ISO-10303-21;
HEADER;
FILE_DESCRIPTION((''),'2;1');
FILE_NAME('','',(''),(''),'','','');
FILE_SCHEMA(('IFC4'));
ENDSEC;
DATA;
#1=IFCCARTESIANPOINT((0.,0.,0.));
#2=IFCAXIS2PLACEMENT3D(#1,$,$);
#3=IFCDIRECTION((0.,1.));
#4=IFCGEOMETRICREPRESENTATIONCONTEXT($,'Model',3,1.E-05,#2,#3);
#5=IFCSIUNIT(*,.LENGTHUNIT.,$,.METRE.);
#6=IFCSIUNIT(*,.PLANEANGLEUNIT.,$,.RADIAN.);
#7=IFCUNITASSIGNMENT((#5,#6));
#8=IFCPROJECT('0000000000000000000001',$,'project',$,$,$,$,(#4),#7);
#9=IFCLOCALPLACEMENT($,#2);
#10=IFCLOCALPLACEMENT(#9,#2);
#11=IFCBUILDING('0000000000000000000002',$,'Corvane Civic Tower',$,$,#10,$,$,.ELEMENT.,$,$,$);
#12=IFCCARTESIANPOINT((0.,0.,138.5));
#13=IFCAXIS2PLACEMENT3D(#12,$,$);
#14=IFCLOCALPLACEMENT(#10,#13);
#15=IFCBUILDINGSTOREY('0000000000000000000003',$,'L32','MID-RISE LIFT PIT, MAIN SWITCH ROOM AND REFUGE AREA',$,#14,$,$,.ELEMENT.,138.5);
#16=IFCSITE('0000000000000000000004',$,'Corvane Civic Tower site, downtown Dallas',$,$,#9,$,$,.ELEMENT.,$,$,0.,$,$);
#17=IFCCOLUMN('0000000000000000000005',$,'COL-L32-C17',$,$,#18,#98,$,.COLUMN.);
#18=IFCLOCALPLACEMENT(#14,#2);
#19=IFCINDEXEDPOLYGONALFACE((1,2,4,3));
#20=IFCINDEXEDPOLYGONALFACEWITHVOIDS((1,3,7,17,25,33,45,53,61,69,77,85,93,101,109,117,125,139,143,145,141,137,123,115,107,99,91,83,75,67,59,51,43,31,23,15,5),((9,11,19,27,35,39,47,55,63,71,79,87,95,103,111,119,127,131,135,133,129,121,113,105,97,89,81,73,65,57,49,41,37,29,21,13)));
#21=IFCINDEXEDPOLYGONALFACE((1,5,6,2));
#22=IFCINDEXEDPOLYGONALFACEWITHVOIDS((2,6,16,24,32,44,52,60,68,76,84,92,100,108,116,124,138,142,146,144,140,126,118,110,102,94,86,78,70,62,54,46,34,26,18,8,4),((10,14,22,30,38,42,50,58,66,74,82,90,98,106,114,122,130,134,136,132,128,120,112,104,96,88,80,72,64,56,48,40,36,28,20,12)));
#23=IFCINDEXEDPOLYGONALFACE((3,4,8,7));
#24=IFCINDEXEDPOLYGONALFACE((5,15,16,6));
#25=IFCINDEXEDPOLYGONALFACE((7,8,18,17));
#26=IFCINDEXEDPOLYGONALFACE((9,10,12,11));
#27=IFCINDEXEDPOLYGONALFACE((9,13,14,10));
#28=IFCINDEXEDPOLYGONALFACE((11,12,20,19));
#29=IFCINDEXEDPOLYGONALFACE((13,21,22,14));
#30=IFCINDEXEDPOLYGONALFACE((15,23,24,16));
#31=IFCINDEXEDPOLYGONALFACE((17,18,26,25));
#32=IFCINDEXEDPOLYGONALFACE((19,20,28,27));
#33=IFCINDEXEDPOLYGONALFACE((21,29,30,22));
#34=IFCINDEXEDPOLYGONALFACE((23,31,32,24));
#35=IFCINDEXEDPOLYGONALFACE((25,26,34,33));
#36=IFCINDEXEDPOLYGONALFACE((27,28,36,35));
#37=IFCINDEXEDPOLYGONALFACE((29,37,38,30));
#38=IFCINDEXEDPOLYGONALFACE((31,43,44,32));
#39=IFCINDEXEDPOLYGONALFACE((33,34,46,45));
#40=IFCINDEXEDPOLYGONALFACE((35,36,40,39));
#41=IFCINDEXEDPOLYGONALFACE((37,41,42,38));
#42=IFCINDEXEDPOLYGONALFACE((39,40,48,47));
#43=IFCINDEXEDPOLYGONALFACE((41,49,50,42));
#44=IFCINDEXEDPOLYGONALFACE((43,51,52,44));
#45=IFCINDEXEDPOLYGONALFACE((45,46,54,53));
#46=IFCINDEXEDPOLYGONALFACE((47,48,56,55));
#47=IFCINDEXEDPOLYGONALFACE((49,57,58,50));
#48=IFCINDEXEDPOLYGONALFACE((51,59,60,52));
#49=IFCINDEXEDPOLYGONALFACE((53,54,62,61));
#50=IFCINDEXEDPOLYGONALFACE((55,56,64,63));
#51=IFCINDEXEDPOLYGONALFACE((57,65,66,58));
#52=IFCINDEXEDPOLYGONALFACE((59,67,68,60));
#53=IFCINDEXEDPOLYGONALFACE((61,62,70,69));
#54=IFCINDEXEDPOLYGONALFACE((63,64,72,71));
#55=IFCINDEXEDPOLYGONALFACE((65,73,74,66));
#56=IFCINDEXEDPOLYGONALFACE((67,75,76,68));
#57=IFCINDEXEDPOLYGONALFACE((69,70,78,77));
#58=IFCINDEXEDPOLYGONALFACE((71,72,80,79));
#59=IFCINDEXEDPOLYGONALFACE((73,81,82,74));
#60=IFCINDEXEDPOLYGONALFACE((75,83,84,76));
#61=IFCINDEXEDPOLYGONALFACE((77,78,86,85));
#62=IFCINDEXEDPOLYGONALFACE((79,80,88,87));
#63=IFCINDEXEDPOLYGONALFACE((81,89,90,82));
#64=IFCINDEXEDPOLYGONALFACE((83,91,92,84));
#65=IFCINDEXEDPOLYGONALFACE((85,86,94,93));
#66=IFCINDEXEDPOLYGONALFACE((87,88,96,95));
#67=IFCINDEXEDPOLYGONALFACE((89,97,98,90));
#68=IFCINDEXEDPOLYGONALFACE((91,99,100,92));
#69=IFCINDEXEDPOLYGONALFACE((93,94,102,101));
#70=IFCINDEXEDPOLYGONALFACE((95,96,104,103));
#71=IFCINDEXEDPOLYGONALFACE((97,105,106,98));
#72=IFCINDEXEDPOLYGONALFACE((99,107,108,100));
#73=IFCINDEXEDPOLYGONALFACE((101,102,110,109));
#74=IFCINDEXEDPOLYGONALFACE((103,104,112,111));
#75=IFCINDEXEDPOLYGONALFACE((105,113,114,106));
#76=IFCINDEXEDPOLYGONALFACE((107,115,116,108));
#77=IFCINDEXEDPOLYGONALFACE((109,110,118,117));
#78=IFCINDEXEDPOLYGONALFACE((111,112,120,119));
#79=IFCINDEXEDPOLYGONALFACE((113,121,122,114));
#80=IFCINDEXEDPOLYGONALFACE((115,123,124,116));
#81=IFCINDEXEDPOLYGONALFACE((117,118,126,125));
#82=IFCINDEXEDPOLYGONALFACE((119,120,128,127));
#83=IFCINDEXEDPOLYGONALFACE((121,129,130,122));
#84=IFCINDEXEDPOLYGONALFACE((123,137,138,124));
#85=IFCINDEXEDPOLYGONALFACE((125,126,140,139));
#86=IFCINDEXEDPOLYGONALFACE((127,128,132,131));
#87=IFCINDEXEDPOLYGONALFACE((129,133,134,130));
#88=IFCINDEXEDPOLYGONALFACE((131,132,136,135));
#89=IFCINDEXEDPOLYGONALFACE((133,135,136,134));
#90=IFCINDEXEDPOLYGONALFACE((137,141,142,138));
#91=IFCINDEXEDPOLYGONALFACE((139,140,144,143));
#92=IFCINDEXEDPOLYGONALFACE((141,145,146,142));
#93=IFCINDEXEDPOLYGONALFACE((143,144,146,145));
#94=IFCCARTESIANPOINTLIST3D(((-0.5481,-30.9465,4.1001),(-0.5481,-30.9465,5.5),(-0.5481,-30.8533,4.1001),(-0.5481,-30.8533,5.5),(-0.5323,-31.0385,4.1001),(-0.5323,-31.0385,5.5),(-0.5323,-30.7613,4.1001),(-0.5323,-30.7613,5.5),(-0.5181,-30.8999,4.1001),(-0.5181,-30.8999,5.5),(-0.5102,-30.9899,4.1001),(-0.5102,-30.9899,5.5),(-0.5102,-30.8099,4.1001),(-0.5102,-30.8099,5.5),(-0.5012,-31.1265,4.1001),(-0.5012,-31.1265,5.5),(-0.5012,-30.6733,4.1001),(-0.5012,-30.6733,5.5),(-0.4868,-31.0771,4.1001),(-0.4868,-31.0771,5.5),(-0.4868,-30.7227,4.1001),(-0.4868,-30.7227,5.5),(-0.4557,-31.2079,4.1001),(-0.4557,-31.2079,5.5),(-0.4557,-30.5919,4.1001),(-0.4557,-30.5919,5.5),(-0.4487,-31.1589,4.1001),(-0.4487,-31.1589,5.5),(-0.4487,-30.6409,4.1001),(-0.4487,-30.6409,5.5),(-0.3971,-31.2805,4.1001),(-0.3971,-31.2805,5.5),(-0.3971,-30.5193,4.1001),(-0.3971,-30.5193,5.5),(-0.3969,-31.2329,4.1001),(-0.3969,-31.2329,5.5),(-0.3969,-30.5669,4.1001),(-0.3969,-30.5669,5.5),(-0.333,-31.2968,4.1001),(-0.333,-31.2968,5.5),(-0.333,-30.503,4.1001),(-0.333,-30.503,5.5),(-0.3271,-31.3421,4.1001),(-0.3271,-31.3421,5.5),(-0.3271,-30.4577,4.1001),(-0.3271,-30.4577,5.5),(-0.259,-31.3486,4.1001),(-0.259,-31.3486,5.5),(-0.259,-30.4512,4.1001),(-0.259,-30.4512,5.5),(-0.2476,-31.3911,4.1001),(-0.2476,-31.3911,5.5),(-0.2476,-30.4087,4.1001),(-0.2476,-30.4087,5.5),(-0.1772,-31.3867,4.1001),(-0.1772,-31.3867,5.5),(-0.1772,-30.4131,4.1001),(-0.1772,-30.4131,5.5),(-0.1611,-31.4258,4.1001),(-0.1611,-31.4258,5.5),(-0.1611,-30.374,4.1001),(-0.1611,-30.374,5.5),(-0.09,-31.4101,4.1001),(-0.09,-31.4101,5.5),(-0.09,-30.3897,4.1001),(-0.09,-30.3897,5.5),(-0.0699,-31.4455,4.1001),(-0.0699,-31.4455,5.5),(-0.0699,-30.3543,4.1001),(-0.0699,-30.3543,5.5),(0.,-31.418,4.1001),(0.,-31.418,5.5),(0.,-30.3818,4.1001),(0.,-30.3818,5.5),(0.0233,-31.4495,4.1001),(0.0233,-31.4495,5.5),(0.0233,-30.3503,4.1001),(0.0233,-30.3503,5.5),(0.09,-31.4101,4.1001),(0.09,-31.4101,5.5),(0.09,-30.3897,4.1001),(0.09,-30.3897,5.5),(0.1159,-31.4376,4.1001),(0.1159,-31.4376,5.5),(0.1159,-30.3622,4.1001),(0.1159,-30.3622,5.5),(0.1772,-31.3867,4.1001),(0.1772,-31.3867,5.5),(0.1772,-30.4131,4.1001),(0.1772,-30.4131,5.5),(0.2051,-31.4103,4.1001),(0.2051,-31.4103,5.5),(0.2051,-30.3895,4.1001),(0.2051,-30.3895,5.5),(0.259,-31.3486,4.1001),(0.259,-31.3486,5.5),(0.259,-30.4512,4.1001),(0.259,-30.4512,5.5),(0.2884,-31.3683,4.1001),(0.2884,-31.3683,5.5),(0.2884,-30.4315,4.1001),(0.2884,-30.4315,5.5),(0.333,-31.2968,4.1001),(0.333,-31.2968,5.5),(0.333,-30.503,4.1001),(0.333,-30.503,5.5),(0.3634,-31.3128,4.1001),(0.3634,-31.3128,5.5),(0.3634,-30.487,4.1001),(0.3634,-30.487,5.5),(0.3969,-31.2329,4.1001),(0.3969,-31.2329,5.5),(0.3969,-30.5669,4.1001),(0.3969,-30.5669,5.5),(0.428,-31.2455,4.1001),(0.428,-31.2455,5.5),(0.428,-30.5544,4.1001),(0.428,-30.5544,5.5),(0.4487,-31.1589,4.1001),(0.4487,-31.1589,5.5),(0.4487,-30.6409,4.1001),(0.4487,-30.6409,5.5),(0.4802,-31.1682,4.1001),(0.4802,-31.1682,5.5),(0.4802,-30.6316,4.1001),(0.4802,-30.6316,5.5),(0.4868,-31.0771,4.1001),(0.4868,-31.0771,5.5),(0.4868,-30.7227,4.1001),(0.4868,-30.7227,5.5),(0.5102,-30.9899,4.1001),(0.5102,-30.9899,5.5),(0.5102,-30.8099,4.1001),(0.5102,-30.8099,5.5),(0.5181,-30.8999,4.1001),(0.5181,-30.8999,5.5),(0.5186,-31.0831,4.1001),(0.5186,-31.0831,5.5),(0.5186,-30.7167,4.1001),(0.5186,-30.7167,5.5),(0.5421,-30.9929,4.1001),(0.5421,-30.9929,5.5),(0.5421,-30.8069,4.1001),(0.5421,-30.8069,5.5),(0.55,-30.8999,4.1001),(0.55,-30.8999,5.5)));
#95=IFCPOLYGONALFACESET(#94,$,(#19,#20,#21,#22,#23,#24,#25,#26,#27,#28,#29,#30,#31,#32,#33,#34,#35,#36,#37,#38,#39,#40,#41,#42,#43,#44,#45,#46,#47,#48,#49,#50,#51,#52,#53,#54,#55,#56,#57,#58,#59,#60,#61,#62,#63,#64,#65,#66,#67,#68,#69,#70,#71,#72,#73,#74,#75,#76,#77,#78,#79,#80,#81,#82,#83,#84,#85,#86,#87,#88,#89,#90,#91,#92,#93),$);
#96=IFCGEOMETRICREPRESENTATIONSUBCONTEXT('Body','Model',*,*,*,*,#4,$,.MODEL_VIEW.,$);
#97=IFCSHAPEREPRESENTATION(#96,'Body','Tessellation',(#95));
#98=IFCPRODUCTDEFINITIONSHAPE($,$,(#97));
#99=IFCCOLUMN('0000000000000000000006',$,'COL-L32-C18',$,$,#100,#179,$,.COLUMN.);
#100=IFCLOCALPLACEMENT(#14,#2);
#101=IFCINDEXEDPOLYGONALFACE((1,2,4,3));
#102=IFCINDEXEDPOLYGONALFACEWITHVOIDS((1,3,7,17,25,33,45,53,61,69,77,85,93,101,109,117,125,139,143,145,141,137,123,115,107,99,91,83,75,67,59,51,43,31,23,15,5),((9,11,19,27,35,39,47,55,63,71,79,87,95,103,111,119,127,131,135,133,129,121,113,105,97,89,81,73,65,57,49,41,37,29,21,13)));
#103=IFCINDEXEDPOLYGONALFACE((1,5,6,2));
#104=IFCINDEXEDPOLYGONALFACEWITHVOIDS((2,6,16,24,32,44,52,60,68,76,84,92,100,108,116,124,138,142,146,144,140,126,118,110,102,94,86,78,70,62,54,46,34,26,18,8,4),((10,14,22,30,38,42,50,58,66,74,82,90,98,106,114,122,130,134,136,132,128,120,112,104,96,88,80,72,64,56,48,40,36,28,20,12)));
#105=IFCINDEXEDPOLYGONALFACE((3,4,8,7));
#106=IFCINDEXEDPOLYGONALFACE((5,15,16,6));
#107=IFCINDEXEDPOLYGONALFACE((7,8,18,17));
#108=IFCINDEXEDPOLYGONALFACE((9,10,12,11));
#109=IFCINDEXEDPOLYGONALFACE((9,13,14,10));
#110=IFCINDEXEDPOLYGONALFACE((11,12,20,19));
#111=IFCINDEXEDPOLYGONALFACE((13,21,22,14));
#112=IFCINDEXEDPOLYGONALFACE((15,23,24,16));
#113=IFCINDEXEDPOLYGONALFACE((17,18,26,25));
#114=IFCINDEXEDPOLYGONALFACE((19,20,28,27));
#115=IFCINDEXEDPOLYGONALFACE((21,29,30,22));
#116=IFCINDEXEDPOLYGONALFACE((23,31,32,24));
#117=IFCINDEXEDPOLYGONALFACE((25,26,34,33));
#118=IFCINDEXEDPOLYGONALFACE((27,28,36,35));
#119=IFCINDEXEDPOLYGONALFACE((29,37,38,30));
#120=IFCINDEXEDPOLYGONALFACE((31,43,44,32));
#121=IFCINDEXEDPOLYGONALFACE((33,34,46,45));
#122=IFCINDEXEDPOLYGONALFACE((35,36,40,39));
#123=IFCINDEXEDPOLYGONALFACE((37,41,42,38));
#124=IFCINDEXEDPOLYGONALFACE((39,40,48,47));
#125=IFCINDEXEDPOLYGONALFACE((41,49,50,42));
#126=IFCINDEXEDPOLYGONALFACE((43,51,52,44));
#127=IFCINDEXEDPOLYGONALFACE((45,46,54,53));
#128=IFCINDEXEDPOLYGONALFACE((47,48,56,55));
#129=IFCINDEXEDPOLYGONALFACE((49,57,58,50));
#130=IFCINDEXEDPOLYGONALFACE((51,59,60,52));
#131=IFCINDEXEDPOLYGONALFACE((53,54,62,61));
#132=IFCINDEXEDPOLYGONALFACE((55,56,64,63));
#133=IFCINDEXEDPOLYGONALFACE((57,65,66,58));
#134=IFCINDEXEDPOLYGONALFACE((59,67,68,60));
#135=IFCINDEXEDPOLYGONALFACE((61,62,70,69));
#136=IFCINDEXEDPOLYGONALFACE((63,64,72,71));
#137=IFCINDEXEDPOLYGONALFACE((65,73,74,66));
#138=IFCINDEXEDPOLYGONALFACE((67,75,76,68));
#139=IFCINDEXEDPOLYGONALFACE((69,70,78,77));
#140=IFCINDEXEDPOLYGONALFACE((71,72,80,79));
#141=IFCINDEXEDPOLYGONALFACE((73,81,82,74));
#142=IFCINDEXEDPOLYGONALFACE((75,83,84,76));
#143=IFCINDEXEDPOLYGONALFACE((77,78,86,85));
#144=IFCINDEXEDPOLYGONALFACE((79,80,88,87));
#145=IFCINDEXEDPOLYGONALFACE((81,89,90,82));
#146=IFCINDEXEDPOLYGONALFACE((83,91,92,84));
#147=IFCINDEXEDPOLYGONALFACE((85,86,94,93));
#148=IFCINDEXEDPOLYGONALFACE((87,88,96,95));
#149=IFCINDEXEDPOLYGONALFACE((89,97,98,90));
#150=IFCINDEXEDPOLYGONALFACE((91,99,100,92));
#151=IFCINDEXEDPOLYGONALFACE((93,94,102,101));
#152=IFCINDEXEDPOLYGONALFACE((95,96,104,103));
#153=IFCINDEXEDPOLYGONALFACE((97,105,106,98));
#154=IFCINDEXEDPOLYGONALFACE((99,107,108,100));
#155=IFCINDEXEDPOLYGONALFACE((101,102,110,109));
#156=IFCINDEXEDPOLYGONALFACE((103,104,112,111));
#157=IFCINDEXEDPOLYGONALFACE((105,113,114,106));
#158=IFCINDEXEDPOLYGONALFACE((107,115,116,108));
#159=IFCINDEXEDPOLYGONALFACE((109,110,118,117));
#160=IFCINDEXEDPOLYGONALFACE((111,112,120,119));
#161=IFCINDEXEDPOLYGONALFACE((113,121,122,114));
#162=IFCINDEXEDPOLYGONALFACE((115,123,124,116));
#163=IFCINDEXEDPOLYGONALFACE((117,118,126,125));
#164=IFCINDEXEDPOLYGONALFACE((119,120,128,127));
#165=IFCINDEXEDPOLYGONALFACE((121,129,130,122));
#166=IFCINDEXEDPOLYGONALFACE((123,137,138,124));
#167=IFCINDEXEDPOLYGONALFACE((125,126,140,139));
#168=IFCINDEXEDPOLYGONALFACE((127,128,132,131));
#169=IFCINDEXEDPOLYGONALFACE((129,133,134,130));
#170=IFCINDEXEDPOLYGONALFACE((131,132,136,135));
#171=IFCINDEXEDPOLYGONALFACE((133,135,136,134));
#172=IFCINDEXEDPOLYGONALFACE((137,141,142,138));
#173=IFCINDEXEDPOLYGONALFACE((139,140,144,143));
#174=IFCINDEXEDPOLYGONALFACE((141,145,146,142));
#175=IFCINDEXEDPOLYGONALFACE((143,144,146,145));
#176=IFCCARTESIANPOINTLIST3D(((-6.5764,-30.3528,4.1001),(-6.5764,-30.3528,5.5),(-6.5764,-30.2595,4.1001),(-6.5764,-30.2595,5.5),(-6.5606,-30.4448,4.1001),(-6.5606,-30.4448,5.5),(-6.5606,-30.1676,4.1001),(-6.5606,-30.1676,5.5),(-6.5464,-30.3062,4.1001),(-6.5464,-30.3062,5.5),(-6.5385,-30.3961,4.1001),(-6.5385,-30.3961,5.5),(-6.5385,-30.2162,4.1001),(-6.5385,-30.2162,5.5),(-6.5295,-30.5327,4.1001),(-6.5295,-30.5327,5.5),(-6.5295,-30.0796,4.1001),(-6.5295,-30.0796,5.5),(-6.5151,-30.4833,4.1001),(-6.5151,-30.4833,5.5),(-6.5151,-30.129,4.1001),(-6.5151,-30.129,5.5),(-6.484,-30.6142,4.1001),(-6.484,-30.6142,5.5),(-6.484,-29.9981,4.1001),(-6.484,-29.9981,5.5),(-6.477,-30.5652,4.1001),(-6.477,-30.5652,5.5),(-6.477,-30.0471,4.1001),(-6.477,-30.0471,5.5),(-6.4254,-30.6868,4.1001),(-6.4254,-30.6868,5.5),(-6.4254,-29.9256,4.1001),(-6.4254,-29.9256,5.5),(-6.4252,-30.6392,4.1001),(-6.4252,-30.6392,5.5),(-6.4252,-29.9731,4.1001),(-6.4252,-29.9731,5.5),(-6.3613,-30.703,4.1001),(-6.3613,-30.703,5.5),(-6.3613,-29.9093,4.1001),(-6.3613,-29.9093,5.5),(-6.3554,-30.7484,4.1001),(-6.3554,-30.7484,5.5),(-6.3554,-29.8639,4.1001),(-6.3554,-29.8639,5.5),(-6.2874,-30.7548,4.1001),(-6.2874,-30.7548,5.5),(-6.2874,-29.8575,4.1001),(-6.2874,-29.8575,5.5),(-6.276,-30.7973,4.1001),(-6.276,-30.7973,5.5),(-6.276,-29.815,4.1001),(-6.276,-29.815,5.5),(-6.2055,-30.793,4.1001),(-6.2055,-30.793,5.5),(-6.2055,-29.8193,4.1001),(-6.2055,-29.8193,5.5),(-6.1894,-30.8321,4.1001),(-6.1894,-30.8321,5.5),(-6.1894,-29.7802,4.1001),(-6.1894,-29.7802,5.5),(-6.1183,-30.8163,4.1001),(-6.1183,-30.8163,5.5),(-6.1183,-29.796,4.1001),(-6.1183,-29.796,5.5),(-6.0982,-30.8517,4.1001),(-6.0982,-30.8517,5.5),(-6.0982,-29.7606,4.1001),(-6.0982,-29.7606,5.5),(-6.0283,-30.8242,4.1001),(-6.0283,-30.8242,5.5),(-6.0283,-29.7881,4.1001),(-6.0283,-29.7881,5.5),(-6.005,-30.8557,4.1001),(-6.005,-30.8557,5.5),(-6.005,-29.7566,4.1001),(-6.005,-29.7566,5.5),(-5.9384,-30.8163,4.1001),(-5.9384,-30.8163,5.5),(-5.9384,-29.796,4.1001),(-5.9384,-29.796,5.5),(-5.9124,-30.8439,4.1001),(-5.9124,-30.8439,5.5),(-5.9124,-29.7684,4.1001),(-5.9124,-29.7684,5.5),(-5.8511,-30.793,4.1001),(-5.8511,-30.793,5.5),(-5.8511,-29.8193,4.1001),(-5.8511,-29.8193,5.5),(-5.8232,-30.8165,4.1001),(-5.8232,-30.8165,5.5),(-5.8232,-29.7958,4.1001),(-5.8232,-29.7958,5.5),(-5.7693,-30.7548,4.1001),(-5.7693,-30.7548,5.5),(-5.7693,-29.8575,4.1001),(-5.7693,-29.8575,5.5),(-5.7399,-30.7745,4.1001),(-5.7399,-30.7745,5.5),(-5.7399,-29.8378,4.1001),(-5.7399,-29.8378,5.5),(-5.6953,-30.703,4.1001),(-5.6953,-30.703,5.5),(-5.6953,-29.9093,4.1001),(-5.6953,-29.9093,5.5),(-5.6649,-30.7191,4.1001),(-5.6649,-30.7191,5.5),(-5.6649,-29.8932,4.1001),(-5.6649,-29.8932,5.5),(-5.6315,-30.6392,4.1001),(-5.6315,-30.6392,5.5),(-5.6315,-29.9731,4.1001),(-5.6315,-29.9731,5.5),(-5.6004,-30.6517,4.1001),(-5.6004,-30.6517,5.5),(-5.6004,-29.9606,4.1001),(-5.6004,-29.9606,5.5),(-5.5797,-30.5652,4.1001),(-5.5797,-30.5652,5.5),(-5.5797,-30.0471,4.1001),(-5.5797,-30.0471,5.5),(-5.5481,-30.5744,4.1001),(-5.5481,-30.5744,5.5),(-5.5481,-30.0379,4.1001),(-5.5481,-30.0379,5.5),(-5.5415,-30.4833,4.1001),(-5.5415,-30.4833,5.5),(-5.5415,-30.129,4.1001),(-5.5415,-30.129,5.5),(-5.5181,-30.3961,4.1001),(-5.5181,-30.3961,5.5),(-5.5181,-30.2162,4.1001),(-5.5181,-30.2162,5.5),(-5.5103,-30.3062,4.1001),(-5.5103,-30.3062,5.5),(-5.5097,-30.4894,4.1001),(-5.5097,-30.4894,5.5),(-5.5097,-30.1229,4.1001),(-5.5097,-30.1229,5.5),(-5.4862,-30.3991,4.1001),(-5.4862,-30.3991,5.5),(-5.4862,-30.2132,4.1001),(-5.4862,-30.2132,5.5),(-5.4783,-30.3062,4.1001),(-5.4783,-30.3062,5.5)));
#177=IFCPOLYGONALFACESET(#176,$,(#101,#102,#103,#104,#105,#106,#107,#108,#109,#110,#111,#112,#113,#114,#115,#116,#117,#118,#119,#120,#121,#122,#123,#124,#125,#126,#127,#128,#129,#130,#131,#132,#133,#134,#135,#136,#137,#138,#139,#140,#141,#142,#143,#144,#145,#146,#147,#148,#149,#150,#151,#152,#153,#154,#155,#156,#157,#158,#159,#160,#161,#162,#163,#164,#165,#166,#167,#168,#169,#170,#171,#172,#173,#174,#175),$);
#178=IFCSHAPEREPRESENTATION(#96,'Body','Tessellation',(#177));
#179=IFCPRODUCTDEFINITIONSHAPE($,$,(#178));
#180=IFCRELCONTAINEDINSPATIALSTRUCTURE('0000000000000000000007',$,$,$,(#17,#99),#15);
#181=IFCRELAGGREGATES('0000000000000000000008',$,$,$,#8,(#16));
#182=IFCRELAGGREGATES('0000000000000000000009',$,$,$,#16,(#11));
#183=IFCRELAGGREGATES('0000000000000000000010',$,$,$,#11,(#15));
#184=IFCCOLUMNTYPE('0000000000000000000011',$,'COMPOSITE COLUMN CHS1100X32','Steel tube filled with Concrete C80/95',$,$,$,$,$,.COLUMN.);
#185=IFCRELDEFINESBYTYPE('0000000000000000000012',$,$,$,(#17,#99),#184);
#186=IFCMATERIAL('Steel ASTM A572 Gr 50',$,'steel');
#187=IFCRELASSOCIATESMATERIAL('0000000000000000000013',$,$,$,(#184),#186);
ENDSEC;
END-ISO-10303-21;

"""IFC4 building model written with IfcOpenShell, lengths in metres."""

from ifc_helpers import new_model, si_unit, direction, frame, origin, origin_2d, place, context, subcontext, project, spatial, hollow_circle, extrude, material, material_profile, profile_set, type_object, element, save


model = new_model("IFC4")

# Units and contexts
model_context = context("Model", 3, precision=1e-05, world=origin(), true_north=direction((0.0, 1.0)))
body_context = subcontext(model_context, "Body", "Model", "MODEL_VIEW")
ifc_project = project(units=[si_unit("LENGTHUNIT", "METRE"), si_unit("PLANEANGLEUNIT", "RADIAN")], contexts=[model_context])

# Site, building, storey
site_placement = place(None, origin())
site = spatial("IfcSite", under=ifc_project, at=site_placement, Name="Corvane Civic Tower site, downtown Dallas", CompositionType="ELEMENT", RefElevation=0.0)
building_placement = place(site_placement, origin())
building = spatial("IfcBuilding", under=site, at=building_placement, Name="Corvane Civic Tower", CompositionType="ELEMENT")
storey_placement = place(building_placement, frame((0.0, 0.0, 138.5)))
storey = spatial("IfcBuildingStorey", under=building, at=storey_placement, Name="L32", Description="MID-RISE LIFT PIT, MAIN SWITCH ROOM AND REFUGE AREA", CompositionType="ELEMENT", Elevation=138.5)

# Columns
ifc_material_1 = material(Name="Steel ASTM A572 Gr 50", Category="steel")
ifc_material_profile_1 = material_profile(ifc_material_1, hollow_circle(Radius=0.55, WallThickness=0.032, at=origin_2d()), Name="CHS1100X32")
ifc_profile_set_1 = profile_set([ifc_material_profile_1], Name="Steel ASTM A572 Gr 50")
column_type_1 = type_object("IfcColumnType", Name="COMPOSITE COLUMN CHS1100X32", Description="Steel tube filled with Concrete C80/95", PredefinedType="COLUMN", material=ifc_profile_set_1)
for number, where, z_axis, x_axis, name in (
    (1, (0.0, -30.8999, 4.1001), (0.0, 0.0, 1.0), (1.0, 0.0, 0.0), "COL-L32-C17"),
    (2, (-6.0283, -30.3062, 4.1001), (0.0, 0.0, 1.0), (1.0, 0.0, 0.0), "COL-L32-C18"),
):
    element("IfcColumn", number, at=place(storey_placement, frame(where, z_axis=z_axis, x_axis=x_axis)), inside=storey, type_object=column_type_1, Name=name, PredefinedType="COLUMN", context=body_context, shape_type="SweptSolid", body=[
        extrude(hollow_circle(Radius=0.55, WallThickness=0.032, at=origin_2d()), origin(), (0.0, 0.0, 1.0), 1.3999),
    ])

save(model, "model.ifc")
